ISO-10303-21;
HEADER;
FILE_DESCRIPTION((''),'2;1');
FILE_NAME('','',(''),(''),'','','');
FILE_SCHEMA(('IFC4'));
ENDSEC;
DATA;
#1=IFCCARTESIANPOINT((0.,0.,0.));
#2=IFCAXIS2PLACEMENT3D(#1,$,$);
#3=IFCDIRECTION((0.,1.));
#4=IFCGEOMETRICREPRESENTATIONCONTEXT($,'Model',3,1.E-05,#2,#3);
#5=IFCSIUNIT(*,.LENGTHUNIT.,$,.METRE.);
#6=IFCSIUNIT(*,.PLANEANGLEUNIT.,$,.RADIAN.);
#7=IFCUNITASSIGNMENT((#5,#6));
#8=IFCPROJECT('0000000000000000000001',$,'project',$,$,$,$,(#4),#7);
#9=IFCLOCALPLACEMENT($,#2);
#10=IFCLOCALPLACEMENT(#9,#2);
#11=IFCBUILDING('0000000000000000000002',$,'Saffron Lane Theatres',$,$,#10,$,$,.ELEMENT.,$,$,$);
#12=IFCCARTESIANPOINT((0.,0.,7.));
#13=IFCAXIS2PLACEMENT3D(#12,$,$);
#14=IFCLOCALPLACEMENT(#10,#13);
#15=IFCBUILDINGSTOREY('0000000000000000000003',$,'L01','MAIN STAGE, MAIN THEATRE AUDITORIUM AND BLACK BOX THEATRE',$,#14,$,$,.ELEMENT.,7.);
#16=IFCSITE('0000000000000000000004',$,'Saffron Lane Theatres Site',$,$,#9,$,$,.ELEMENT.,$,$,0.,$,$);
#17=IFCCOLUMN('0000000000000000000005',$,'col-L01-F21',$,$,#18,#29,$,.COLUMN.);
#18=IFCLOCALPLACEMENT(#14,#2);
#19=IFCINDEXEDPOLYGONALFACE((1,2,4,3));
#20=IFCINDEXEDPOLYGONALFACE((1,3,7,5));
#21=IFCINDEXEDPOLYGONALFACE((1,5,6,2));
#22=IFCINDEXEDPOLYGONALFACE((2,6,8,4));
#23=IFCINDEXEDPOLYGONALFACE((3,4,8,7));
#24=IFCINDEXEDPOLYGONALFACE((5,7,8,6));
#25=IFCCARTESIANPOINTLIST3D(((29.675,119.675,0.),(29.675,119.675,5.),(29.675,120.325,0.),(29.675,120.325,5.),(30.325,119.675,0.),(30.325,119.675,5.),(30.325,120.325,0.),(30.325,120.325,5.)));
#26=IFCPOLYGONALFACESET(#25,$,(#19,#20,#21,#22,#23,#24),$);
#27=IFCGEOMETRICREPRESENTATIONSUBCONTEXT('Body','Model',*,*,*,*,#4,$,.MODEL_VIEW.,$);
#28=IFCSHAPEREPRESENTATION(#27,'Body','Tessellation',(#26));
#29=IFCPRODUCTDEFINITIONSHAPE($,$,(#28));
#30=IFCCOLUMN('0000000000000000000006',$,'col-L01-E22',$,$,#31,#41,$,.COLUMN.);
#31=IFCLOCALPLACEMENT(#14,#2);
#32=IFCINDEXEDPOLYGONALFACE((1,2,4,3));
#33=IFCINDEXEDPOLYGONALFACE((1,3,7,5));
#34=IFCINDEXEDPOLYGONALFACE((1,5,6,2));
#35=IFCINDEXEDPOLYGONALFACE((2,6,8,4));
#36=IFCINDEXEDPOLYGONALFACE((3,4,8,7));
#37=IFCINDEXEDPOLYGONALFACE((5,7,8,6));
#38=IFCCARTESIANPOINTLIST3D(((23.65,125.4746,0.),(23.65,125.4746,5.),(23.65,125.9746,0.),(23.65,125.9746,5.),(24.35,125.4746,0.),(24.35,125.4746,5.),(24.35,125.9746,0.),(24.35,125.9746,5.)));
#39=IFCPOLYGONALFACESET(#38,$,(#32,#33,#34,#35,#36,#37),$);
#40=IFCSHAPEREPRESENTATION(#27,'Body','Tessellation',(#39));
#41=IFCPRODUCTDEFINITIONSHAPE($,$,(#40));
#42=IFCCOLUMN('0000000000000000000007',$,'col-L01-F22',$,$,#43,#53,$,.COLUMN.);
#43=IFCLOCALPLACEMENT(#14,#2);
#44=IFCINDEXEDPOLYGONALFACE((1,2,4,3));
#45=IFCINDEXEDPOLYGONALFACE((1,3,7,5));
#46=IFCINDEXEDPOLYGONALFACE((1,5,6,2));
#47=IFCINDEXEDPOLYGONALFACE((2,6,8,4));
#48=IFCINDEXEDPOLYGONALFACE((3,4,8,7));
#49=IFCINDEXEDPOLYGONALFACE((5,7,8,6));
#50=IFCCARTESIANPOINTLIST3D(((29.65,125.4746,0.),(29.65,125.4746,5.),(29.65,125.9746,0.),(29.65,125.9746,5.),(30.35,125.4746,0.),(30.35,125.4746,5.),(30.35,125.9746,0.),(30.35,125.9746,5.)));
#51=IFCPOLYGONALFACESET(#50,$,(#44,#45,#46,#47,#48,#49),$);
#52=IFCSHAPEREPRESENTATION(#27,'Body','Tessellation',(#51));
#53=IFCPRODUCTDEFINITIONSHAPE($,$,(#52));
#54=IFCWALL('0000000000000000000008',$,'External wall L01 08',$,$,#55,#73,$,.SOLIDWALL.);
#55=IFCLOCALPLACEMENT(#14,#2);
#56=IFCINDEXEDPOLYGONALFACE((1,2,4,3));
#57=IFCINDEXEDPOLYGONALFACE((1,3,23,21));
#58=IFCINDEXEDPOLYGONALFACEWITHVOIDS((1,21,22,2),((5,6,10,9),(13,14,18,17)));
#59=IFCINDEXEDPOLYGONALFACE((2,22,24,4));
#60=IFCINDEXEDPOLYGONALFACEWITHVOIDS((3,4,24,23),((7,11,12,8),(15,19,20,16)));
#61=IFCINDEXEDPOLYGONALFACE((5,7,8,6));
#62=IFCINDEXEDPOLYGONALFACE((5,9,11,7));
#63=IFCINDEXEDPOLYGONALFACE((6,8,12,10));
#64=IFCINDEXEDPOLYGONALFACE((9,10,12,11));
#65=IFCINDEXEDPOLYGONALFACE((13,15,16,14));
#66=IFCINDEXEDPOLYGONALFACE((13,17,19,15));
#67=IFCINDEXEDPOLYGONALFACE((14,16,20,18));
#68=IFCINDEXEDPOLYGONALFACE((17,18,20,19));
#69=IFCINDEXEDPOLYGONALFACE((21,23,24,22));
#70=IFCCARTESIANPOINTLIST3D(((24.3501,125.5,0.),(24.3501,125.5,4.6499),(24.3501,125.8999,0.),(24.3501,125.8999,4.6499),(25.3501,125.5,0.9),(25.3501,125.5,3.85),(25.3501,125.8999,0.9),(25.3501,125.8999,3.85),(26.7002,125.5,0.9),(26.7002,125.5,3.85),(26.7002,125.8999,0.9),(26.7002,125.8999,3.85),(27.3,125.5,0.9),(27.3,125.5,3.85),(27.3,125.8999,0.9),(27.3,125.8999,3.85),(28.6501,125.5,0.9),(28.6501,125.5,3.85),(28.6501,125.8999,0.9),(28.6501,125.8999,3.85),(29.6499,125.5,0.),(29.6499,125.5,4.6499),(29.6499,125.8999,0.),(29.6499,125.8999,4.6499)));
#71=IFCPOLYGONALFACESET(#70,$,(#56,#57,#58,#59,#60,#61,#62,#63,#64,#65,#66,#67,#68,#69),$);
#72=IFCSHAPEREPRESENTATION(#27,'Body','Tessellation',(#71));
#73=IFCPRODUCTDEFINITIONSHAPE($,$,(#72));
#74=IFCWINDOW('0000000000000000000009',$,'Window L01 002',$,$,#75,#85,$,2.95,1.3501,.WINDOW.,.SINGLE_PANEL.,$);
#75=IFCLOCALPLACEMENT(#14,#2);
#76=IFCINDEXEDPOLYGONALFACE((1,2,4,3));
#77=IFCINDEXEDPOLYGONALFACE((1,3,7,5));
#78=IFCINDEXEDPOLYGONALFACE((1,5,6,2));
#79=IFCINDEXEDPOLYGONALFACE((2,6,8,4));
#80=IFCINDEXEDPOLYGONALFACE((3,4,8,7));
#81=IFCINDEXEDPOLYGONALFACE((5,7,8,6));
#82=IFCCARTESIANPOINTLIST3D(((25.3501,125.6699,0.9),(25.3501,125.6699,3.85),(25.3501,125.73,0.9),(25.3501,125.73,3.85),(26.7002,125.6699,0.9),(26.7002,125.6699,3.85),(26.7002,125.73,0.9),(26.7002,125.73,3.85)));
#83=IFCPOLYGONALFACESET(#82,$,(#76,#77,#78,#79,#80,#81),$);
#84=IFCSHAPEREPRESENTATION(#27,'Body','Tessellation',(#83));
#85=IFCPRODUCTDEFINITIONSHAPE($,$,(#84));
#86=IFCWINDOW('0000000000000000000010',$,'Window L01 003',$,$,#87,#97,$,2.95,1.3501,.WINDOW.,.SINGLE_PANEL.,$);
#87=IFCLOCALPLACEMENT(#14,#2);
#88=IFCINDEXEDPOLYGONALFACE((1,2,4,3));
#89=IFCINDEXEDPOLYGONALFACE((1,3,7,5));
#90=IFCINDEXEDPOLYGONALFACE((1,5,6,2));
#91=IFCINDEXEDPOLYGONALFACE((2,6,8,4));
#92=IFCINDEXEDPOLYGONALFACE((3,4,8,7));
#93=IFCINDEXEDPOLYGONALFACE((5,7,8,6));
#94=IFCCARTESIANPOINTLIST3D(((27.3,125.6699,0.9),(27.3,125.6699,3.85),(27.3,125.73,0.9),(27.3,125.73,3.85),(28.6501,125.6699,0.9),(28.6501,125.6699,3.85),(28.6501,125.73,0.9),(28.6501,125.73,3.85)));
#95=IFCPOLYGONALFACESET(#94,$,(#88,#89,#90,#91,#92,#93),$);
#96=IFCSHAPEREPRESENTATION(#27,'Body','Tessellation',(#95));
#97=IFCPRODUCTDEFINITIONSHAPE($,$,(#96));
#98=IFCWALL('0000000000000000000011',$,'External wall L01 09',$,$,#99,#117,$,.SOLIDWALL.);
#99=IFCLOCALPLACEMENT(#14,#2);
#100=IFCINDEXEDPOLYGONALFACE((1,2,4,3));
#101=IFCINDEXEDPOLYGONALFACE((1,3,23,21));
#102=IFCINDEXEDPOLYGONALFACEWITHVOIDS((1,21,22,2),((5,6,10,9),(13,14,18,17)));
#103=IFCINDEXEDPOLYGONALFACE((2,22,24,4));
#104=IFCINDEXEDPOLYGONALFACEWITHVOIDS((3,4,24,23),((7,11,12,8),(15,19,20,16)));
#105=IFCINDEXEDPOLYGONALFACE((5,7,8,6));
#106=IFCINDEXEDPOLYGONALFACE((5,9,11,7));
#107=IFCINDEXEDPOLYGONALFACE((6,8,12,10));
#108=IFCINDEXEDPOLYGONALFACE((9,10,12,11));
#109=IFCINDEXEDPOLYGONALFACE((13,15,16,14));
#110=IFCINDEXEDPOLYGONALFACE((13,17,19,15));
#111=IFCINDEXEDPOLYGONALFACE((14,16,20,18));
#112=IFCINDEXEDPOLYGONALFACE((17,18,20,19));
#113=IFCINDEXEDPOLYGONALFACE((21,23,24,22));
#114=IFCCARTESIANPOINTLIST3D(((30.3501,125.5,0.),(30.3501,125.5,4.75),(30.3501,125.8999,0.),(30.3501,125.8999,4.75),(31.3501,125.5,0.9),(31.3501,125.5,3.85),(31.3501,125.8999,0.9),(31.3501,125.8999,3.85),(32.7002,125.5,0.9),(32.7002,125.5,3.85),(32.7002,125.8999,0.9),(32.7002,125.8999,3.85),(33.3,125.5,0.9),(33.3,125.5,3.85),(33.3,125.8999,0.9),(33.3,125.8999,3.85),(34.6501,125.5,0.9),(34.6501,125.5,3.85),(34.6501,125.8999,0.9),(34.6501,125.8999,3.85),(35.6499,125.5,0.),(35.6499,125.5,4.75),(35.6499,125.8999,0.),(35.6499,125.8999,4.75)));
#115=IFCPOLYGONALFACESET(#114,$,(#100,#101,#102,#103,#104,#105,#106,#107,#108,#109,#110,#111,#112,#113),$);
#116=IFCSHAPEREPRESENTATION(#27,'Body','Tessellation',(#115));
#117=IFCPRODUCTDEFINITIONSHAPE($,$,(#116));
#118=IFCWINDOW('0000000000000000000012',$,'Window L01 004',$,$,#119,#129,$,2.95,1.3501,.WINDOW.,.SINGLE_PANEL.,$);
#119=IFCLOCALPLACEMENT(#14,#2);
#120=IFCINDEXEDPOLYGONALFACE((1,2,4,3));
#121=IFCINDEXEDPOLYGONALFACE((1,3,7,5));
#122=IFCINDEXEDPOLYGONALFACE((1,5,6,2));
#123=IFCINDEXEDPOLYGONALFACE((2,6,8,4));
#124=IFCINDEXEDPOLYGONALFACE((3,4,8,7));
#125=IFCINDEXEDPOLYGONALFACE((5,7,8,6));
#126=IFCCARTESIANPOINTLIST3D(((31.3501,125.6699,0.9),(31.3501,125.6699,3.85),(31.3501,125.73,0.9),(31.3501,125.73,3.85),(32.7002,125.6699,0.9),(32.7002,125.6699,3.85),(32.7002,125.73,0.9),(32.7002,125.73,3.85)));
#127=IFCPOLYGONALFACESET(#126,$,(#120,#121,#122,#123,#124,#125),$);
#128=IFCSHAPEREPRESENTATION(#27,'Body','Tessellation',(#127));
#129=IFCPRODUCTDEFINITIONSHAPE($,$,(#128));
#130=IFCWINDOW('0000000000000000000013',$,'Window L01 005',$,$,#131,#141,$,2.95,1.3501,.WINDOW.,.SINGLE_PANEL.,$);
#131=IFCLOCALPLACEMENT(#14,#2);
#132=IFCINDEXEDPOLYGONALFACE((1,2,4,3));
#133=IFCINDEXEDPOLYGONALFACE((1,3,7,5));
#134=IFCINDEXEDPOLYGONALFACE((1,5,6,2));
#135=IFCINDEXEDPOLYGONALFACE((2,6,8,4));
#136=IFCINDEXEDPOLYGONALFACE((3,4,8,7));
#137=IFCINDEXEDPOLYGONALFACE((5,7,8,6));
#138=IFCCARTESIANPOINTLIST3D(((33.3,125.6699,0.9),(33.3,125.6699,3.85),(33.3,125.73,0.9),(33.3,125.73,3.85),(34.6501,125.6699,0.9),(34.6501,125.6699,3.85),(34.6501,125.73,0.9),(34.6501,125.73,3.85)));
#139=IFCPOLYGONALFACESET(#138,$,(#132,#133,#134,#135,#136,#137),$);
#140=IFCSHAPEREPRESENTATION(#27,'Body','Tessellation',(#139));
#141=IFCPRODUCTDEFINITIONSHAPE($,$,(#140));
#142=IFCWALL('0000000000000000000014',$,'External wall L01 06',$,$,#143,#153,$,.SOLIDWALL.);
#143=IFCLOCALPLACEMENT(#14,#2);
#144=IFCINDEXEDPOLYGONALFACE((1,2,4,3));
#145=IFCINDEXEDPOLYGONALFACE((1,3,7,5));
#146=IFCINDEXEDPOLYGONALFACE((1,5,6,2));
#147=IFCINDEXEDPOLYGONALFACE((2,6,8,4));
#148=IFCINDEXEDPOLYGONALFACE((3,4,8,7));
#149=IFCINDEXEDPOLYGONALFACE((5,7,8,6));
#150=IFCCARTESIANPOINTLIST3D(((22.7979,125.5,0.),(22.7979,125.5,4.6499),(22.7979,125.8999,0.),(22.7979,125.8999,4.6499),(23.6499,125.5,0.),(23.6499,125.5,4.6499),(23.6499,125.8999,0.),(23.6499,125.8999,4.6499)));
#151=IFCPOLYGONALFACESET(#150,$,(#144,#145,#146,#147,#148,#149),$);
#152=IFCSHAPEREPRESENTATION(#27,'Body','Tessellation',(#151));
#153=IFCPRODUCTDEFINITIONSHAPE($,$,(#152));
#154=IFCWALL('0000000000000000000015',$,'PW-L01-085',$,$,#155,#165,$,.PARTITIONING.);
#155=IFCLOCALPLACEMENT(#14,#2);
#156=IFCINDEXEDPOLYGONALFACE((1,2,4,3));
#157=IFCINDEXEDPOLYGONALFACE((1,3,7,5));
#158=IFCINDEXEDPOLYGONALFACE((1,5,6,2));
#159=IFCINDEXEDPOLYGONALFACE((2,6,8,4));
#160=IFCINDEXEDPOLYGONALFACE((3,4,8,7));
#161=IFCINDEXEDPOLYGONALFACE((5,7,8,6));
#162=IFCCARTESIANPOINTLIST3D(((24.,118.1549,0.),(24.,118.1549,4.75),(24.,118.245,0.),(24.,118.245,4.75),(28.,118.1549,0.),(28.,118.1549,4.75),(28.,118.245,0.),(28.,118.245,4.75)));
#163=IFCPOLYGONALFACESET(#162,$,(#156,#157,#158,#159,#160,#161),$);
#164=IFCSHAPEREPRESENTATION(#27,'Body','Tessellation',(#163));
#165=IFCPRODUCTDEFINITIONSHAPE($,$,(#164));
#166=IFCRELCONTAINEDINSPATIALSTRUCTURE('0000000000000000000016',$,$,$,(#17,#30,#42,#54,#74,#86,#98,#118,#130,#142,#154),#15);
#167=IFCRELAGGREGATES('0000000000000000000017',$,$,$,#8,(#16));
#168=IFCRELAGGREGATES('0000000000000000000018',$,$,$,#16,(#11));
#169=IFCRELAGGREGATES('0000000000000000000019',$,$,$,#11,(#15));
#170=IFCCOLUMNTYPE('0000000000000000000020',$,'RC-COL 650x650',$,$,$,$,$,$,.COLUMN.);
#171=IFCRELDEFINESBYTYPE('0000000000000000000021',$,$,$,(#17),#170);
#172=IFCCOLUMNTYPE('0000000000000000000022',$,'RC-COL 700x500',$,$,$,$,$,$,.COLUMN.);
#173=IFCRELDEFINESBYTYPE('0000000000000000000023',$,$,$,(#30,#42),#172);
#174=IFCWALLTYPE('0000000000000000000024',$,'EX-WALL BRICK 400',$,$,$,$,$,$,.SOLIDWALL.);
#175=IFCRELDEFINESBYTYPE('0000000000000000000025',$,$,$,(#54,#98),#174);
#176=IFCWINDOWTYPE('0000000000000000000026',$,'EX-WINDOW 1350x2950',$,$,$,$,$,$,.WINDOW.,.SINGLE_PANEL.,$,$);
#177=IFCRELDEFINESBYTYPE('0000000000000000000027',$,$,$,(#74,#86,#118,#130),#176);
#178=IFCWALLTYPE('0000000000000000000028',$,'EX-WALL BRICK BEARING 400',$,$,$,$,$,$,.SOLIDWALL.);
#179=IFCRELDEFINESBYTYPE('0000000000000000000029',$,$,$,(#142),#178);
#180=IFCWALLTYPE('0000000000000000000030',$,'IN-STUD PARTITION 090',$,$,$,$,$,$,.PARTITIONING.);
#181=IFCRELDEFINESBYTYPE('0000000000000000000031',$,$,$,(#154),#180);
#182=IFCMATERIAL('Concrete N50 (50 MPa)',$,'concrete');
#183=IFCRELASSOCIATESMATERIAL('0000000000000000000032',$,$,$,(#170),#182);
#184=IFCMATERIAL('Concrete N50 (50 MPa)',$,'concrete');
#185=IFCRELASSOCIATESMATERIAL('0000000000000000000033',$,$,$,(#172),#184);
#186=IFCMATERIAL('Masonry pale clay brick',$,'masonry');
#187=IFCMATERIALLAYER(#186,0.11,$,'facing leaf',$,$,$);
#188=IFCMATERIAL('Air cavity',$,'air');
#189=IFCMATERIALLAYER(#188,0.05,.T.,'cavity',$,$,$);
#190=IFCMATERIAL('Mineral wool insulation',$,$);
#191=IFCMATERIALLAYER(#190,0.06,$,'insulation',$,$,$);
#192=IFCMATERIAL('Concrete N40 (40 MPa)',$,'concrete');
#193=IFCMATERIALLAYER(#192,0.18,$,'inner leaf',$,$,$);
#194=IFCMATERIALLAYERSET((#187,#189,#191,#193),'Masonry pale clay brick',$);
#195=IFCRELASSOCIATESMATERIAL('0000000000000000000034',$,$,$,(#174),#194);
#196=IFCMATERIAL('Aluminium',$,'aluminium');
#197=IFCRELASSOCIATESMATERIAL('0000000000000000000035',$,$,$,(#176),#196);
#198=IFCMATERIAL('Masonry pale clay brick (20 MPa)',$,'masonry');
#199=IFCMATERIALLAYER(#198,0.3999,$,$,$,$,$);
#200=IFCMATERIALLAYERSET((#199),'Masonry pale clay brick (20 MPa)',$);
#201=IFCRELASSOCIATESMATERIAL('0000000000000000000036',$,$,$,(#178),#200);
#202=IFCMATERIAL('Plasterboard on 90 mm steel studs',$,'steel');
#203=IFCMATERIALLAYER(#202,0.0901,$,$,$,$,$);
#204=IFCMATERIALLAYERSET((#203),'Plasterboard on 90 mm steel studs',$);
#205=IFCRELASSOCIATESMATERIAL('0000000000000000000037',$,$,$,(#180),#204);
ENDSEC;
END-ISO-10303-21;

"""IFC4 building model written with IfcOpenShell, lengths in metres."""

from ifc_helpers import new_model, si_unit, direction, frame, frame_2d, origin, origin_2d, place, context, subcontext, project, spatial, rectangle, extrude, material, layer, layer_set, material_profile, profile_set, type_object, element, fill, save


model = new_model("IFC4")

# Units and contexts
model_context = context("Model", 3, precision=1e-05, world=origin(), true_north=direction((0.0, 1.0)))
body_context = subcontext(model_context, "Body", "Model", "MODEL_VIEW")
ifc_project = project(units=[si_unit("LENGTHUNIT", "METRE"), si_unit("PLANEANGLEUNIT", "RADIAN")], contexts=[model_context])

# Site, building, storey
site_placement = place(None, origin())
site = spatial("IfcSite", under=ifc_project, at=site_placement, Name="Saffron Lane Theatres Site", CompositionType="ELEMENT", RefElevation=0.0)
building_placement = place(site_placement, origin())
building = spatial("IfcBuilding", under=site, at=building_placement, Name="Saffron Lane Theatres", CompositionType="ELEMENT")
storey_placement = place(building_placement, frame((0.0, 0.0, 7.0)))
storey = spatial("IfcBuildingStorey", under=building, at=storey_placement, Name="L01", Description="MAIN STAGE, MAIN THEATRE AUDITORIUM AND BLACK BOX THEATRE", CompositionType="ELEMENT", Elevation=7.0)

# Columns
ifc_material_1 = material(Name="Concrete N50 (50 MPa)", Category="concrete")
ifc_material_profile_1 = material_profile(ifc_material_1, rectangle(XDim=0.6499, YDim=0.6499, at=origin_2d()))
ifc_profile_set_1 = profile_set([ifc_material_profile_1], Name="Concrete N50 (50 MPa)")
column_type_1 = type_object("IfcColumnType", Name="RC-COL 650x650", PredefinedType="COLUMN", material=ifc_profile_set_1)
column_placement = place(storey_placement, frame((30.0, 120.0, 0.0), z_axis=(0.0, 0.0, 1.0), x_axis=(1.0, 0.0, 0.0)))
element("IfcColumn", 1, at=column_placement, inside=storey, type_object=column_type_1, Name="col-L01-F21", PredefinedType="COLUMN", context=body_context, shape_type="SweptSolid", body=[
    extrude(rectangle(XDim=0.6499, YDim=0.6499, at=origin_2d()), origin(), (0.0, 0.0, 1.0), 5.0),
])
ifc_material_2 = material(Name="Concrete N50 (50 MPa)", Category="concrete")
ifc_material_profile_2 = material_profile(ifc_material_2, rectangle(XDim=0.7, YDim=0.5, at=origin_2d()))
ifc_profile_set_2 = profile_set([ifc_material_profile_2], Name="Concrete N50 (50 MPa)")
column_type_2 = type_object("IfcColumnType", Name="RC-COL 700x500", PredefinedType="COLUMN", material=ifc_profile_set_2)
for number, where, z_axis, x_axis, name in (
    (2, (24.0, 125.7246, 0.0), (0.0, 0.0, 1.0), (1.0, 0.0, 0.0), "col-L01-E22"),
    (3, (30.0, 125.7246, 0.0), (0.0, 0.0, 1.0), (1.0, 0.0, 0.0), "col-L01-F22"),
):
    element("IfcColumn", number, at=place(storey_placement, frame(where, z_axis=z_axis, x_axis=x_axis)), inside=storey, type_object=column_type_2, Name=name, PredefinedType="COLUMN", context=body_context, shape_type="SweptSolid", body=[
        extrude(rectangle(XDim=0.7, YDim=0.5, at=origin_2d()), origin(), (0.0, 0.0, 1.0), 5.0),
    ])

# Walls, openings, windows
ifc_material_3 = material(Name="Masonry pale clay brick", Category="masonry")
ifc_layer_1 = layer(ifc_material_3, 0.11, Name="facing leaf")
ifc_material_4 = material(Name="Air cavity", Category="air")
ifc_layer_2 = layer(ifc_material_4, 0.05, ventilated=True, Name="cavity")
ifc_material_5 = material(Name="Mineral wool insulation")
ifc_layer_3 = layer(ifc_material_5, 0.06, Name="insulation")
ifc_material_6 = material(Name="Concrete N40 (40 MPa)", Category="concrete")
ifc_layer_4 = layer(ifc_material_6, 0.18, Name="inner leaf")
ifc_layer_set_1 = layer_set([ifc_layer_1, ifc_layer_2, ifc_layer_3, ifc_layer_4], Name="Masonry pale clay brick")
wall_type_1 = type_object("IfcWallType", Name="EX-WALL BRICK 400", PredefinedType="SOLIDWALL", material=ifc_layer_set_1)
wall_1_placement = place(storey_placement, frame((24.3501, 125.7, 0.0), z_axis=(0.0, 0.0, 1.0), x_axis=(1.0, 0.0, 0.0)))
wall_1 = element("IfcWall", 4, at=wall_1_placement, inside=storey, type_object=wall_type_1, Name="External wall L01 08", PredefinedType="SOLIDWALL", context=body_context, shape_type="SweptSolid", body=[
    extrude(rectangle(XDim=5.2998, YDim=0.3999, at=frame_2d((2.6499, 0.0))), origin(), (0.0, 0.0, 1.0), 4.6499),
])
opening_1_placement = place(wall_1_placement, frame((1.0, 0.0, 0.8999)))
opening_1 = element("IfcOpeningElement", 5, at=opening_1_placement, cuts=wall_1, PredefinedType="OPENING", context=body_context, shape_type="SweptSolid", body=[
    extrude(rectangle(XDim=1.3501, YDim=2.95, at=frame_2d((0.675, 1.4751))), frame((0.0, 0.21, 0.0), z_axis=(0.0, -1.0, 0.0), x_axis=(1.0, 0.0, 0.0)), (0.0, 0.0, 1.0), 0.4199),
])
opening_2_placement = place(wall_1_placement, frame((2.95, 0.0, 0.8999)))
opening_2 = element("IfcOpeningElement", 6, at=opening_2_placement, cuts=wall_1, PredefinedType="OPENING", context=body_context, shape_type="SweptSolid", body=[
    extrude(rectangle(XDim=1.3501, YDim=2.95, at=frame_2d((0.675, 1.4751))), frame((0.0, 0.21, 0.0), z_axis=(0.0, -1.0, 0.0), x_axis=(1.0, 0.0, 0.0)), (0.0, 0.0, 1.0), 0.4199),
])
ifc_material_7 = material(Name="Aluminium", Category="aluminium")
window_type = type_object("IfcWindowType", Name="EX-WINDOW 1350x2950", PartitioningType="SINGLE_PANEL", PredefinedType="WINDOW", material=ifc_material_7)
window_1_placement = place(opening_1_placement, origin())
window_1 = element("IfcWindow", 7, at=window_1_placement, inside=storey, type_object=window_type, Name="Window L01 002", OverallHeight=2.95, OverallWidth=1.3501, PartitioningType="SINGLE_PANEL", PredefinedType="WINDOW", context=body_context, shape_type="SweptSolid", body=[
    extrude(rectangle(XDim=1.3501, YDim=2.95, at=frame_2d((0.675, 1.4751))), frame((0.0, 0.03, 0.0), z_axis=(0.0, -1.0, 0.0), x_axis=(1.0, 0.0, 0.0)), (0.0, 0.0, 1.0), 0.0601),
])
fill(opening_1, window_1)
window_2_placement = place(opening_2_placement, origin())
window_2 = element("IfcWindow", 8, at=window_2_placement, inside=storey, type_object=window_type, Name="Window L01 003", OverallHeight=2.95, OverallWidth=1.3501, PartitioningType="SINGLE_PANEL", PredefinedType="WINDOW", context=body_context, shape_type="SweptSolid", body=[
    extrude(rectangle(XDim=1.3501, YDim=2.95, at=frame_2d((0.675, 1.4751))), frame((0.0, 0.03, 0.0), z_axis=(0.0, -1.0, 0.0), x_axis=(1.0, 0.0, 0.0)), (0.0, 0.0, 1.0), 0.0601),
])
fill(opening_2, window_2)
wall_2_placement = place(storey_placement, frame((30.3501, 125.7, 0.0), z_axis=(0.0, 0.0, 1.0), x_axis=(1.0, 0.0, 0.0)))
wall_2 = element("IfcWall", 9, at=wall_2_placement, inside=storey, type_object=wall_type_1, Name="External wall L01 09", PredefinedType="SOLIDWALL", context=body_context, shape_type="SweptSolid", body=[
    extrude(rectangle(XDim=5.2998, YDim=0.3999, at=frame_2d((2.6499, 0.0))), origin(), (0.0, 0.0, 1.0), 4.75),
])
opening_3_placement = place(wall_2_placement, frame((1.0, 0.0, 0.8999)))
opening_3 = element("IfcOpeningElement", 10, at=opening_3_placement, cuts=wall_2, PredefinedType="OPENING", context=body_context, shape_type="SweptSolid", body=[
    extrude(rectangle(XDim=1.3501, YDim=2.95, at=frame_2d((0.675, 1.4751))), frame((0.0, 0.21, 0.0), z_axis=(0.0, -1.0, 0.0), x_axis=(1.0, 0.0, 0.0)), (0.0, 0.0, 1.0), 0.4199),
])
opening_4_placement = place(wall_2_placement, frame((2.95, 0.0, 0.8999)))
opening_4 = element("IfcOpeningElement", 11, at=opening_4_placement, cuts=wall_2, PredefinedType="OPENING", context=body_context, shape_type="SweptSolid", body=[
    extrude(rectangle(XDim=1.3501, YDim=2.95, at=frame_2d((0.675, 1.4751))), frame((0.0, 0.21, 0.0), z_axis=(0.0, -1.0, 0.0), x_axis=(1.0, 0.0, 0.0)), (0.0, 0.0, 1.0), 0.4199),
])
window_3_placement = place(opening_3_placement, origin())
window_3 = element("IfcWindow", 12, at=window_3_placement, inside=storey, type_object=window_type, Name="Window L01 004", OverallHeight=2.95, OverallWidth=1.3501, PartitioningType="SINGLE_PANEL", PredefinedType="WINDOW", context=body_context, shape_type="SweptSolid", body=[
    extrude(rectangle(XDim=1.3501, YDim=2.95, at=frame_2d((0.675, 1.4751))), frame((0.0, 0.03, 0.0), z_axis=(0.0, -1.0, 0.0), x_axis=(1.0, 0.0, 0.0)), (0.0, 0.0, 1.0), 0.0601),
])
fill(opening_3, window_3)
window_4_placement = place(opening_4_placement, origin())
window_4 = element("IfcWindow", 13, at=window_4_placement, inside=storey, type_object=window_type, Name="Window L01 005", OverallHeight=2.95, OverallWidth=1.3501, PartitioningType="SINGLE_PANEL", PredefinedType="WINDOW", context=body_context, shape_type="SweptSolid", body=[
    extrude(rectangle(XDim=1.3501, YDim=2.95, at=frame_2d((0.675, 1.4751))), frame((0.0, 0.03, 0.0), z_axis=(0.0, -1.0, 0.0), x_axis=(1.0, 0.0, 0.0)), (0.0, 0.0, 1.0), 0.0601),
])
fill(opening_4, window_4)

# Walls
ifc_material_8 = material(Name="Masonry pale clay brick (20 MPa)", Category="masonry")
ifc_layer_5 = layer(ifc_material_8, 0.3999)
ifc_layer_set_2 = layer_set([ifc_layer_5], Name="Masonry pale clay brick (20 MPa)")
wall_type_2 = type_object("IfcWallType", Name="EX-WALL BRICK BEARING 400", PredefinedType="SOLIDWALL", material=ifc_layer_set_2)
wall_3_placement = place(storey_placement, frame((22.7979, 125.7, 0.0), z_axis=(0.0, 0.0, 1.0), x_axis=(1.0, 0.0, 0.0)))
element("IfcWall", 14, at=wall_3_placement, inside=storey, type_object=wall_type_2, Name="External wall L01 06", PredefinedType="SOLIDWALL", context=body_context, shape_type="SweptSolid", body=[
    extrude(rectangle(XDim=0.8521, YDim=0.3999, at=frame_2d((0.426, 0.0))), origin(), (0.0, 0.0, 1.0), 4.6499),
])
ifc_material_9 = material(Name="Plasterboard on 90 mm steel studs", Category="steel")
ifc_layer_6 = layer(ifc_material_9, 0.0901)
ifc_layer_set_3 = layer_set([ifc_layer_6], Name="Plasterboard on 90 mm steel studs")
wall_type_3 = type_object("IfcWallType", Name="IN-STUD PARTITION 090", PredefinedType="PARTITIONING", material=ifc_layer_set_3)
wall_4_placement = place(storey_placement, frame((24.0, 118.2, 0.0), z_axis=(0.0, 0.0, 1.0), x_axis=(1.0, 0.0, 0.0)))
element("IfcWall", 15, at=wall_4_placement, inside=storey, type_object=wall_type_3, Name="PW-L01-085", PredefinedType="PARTITIONING", context=body_context, shape_type="SweptSolid", body=[
    extrude(rectangle(XDim=4.0, YDim=0.0901, at=frame_2d((2.0, 0.0))), origin(), (0.0, 0.0, 1.0), 4.75),
])

save(model, "model.ifc")
